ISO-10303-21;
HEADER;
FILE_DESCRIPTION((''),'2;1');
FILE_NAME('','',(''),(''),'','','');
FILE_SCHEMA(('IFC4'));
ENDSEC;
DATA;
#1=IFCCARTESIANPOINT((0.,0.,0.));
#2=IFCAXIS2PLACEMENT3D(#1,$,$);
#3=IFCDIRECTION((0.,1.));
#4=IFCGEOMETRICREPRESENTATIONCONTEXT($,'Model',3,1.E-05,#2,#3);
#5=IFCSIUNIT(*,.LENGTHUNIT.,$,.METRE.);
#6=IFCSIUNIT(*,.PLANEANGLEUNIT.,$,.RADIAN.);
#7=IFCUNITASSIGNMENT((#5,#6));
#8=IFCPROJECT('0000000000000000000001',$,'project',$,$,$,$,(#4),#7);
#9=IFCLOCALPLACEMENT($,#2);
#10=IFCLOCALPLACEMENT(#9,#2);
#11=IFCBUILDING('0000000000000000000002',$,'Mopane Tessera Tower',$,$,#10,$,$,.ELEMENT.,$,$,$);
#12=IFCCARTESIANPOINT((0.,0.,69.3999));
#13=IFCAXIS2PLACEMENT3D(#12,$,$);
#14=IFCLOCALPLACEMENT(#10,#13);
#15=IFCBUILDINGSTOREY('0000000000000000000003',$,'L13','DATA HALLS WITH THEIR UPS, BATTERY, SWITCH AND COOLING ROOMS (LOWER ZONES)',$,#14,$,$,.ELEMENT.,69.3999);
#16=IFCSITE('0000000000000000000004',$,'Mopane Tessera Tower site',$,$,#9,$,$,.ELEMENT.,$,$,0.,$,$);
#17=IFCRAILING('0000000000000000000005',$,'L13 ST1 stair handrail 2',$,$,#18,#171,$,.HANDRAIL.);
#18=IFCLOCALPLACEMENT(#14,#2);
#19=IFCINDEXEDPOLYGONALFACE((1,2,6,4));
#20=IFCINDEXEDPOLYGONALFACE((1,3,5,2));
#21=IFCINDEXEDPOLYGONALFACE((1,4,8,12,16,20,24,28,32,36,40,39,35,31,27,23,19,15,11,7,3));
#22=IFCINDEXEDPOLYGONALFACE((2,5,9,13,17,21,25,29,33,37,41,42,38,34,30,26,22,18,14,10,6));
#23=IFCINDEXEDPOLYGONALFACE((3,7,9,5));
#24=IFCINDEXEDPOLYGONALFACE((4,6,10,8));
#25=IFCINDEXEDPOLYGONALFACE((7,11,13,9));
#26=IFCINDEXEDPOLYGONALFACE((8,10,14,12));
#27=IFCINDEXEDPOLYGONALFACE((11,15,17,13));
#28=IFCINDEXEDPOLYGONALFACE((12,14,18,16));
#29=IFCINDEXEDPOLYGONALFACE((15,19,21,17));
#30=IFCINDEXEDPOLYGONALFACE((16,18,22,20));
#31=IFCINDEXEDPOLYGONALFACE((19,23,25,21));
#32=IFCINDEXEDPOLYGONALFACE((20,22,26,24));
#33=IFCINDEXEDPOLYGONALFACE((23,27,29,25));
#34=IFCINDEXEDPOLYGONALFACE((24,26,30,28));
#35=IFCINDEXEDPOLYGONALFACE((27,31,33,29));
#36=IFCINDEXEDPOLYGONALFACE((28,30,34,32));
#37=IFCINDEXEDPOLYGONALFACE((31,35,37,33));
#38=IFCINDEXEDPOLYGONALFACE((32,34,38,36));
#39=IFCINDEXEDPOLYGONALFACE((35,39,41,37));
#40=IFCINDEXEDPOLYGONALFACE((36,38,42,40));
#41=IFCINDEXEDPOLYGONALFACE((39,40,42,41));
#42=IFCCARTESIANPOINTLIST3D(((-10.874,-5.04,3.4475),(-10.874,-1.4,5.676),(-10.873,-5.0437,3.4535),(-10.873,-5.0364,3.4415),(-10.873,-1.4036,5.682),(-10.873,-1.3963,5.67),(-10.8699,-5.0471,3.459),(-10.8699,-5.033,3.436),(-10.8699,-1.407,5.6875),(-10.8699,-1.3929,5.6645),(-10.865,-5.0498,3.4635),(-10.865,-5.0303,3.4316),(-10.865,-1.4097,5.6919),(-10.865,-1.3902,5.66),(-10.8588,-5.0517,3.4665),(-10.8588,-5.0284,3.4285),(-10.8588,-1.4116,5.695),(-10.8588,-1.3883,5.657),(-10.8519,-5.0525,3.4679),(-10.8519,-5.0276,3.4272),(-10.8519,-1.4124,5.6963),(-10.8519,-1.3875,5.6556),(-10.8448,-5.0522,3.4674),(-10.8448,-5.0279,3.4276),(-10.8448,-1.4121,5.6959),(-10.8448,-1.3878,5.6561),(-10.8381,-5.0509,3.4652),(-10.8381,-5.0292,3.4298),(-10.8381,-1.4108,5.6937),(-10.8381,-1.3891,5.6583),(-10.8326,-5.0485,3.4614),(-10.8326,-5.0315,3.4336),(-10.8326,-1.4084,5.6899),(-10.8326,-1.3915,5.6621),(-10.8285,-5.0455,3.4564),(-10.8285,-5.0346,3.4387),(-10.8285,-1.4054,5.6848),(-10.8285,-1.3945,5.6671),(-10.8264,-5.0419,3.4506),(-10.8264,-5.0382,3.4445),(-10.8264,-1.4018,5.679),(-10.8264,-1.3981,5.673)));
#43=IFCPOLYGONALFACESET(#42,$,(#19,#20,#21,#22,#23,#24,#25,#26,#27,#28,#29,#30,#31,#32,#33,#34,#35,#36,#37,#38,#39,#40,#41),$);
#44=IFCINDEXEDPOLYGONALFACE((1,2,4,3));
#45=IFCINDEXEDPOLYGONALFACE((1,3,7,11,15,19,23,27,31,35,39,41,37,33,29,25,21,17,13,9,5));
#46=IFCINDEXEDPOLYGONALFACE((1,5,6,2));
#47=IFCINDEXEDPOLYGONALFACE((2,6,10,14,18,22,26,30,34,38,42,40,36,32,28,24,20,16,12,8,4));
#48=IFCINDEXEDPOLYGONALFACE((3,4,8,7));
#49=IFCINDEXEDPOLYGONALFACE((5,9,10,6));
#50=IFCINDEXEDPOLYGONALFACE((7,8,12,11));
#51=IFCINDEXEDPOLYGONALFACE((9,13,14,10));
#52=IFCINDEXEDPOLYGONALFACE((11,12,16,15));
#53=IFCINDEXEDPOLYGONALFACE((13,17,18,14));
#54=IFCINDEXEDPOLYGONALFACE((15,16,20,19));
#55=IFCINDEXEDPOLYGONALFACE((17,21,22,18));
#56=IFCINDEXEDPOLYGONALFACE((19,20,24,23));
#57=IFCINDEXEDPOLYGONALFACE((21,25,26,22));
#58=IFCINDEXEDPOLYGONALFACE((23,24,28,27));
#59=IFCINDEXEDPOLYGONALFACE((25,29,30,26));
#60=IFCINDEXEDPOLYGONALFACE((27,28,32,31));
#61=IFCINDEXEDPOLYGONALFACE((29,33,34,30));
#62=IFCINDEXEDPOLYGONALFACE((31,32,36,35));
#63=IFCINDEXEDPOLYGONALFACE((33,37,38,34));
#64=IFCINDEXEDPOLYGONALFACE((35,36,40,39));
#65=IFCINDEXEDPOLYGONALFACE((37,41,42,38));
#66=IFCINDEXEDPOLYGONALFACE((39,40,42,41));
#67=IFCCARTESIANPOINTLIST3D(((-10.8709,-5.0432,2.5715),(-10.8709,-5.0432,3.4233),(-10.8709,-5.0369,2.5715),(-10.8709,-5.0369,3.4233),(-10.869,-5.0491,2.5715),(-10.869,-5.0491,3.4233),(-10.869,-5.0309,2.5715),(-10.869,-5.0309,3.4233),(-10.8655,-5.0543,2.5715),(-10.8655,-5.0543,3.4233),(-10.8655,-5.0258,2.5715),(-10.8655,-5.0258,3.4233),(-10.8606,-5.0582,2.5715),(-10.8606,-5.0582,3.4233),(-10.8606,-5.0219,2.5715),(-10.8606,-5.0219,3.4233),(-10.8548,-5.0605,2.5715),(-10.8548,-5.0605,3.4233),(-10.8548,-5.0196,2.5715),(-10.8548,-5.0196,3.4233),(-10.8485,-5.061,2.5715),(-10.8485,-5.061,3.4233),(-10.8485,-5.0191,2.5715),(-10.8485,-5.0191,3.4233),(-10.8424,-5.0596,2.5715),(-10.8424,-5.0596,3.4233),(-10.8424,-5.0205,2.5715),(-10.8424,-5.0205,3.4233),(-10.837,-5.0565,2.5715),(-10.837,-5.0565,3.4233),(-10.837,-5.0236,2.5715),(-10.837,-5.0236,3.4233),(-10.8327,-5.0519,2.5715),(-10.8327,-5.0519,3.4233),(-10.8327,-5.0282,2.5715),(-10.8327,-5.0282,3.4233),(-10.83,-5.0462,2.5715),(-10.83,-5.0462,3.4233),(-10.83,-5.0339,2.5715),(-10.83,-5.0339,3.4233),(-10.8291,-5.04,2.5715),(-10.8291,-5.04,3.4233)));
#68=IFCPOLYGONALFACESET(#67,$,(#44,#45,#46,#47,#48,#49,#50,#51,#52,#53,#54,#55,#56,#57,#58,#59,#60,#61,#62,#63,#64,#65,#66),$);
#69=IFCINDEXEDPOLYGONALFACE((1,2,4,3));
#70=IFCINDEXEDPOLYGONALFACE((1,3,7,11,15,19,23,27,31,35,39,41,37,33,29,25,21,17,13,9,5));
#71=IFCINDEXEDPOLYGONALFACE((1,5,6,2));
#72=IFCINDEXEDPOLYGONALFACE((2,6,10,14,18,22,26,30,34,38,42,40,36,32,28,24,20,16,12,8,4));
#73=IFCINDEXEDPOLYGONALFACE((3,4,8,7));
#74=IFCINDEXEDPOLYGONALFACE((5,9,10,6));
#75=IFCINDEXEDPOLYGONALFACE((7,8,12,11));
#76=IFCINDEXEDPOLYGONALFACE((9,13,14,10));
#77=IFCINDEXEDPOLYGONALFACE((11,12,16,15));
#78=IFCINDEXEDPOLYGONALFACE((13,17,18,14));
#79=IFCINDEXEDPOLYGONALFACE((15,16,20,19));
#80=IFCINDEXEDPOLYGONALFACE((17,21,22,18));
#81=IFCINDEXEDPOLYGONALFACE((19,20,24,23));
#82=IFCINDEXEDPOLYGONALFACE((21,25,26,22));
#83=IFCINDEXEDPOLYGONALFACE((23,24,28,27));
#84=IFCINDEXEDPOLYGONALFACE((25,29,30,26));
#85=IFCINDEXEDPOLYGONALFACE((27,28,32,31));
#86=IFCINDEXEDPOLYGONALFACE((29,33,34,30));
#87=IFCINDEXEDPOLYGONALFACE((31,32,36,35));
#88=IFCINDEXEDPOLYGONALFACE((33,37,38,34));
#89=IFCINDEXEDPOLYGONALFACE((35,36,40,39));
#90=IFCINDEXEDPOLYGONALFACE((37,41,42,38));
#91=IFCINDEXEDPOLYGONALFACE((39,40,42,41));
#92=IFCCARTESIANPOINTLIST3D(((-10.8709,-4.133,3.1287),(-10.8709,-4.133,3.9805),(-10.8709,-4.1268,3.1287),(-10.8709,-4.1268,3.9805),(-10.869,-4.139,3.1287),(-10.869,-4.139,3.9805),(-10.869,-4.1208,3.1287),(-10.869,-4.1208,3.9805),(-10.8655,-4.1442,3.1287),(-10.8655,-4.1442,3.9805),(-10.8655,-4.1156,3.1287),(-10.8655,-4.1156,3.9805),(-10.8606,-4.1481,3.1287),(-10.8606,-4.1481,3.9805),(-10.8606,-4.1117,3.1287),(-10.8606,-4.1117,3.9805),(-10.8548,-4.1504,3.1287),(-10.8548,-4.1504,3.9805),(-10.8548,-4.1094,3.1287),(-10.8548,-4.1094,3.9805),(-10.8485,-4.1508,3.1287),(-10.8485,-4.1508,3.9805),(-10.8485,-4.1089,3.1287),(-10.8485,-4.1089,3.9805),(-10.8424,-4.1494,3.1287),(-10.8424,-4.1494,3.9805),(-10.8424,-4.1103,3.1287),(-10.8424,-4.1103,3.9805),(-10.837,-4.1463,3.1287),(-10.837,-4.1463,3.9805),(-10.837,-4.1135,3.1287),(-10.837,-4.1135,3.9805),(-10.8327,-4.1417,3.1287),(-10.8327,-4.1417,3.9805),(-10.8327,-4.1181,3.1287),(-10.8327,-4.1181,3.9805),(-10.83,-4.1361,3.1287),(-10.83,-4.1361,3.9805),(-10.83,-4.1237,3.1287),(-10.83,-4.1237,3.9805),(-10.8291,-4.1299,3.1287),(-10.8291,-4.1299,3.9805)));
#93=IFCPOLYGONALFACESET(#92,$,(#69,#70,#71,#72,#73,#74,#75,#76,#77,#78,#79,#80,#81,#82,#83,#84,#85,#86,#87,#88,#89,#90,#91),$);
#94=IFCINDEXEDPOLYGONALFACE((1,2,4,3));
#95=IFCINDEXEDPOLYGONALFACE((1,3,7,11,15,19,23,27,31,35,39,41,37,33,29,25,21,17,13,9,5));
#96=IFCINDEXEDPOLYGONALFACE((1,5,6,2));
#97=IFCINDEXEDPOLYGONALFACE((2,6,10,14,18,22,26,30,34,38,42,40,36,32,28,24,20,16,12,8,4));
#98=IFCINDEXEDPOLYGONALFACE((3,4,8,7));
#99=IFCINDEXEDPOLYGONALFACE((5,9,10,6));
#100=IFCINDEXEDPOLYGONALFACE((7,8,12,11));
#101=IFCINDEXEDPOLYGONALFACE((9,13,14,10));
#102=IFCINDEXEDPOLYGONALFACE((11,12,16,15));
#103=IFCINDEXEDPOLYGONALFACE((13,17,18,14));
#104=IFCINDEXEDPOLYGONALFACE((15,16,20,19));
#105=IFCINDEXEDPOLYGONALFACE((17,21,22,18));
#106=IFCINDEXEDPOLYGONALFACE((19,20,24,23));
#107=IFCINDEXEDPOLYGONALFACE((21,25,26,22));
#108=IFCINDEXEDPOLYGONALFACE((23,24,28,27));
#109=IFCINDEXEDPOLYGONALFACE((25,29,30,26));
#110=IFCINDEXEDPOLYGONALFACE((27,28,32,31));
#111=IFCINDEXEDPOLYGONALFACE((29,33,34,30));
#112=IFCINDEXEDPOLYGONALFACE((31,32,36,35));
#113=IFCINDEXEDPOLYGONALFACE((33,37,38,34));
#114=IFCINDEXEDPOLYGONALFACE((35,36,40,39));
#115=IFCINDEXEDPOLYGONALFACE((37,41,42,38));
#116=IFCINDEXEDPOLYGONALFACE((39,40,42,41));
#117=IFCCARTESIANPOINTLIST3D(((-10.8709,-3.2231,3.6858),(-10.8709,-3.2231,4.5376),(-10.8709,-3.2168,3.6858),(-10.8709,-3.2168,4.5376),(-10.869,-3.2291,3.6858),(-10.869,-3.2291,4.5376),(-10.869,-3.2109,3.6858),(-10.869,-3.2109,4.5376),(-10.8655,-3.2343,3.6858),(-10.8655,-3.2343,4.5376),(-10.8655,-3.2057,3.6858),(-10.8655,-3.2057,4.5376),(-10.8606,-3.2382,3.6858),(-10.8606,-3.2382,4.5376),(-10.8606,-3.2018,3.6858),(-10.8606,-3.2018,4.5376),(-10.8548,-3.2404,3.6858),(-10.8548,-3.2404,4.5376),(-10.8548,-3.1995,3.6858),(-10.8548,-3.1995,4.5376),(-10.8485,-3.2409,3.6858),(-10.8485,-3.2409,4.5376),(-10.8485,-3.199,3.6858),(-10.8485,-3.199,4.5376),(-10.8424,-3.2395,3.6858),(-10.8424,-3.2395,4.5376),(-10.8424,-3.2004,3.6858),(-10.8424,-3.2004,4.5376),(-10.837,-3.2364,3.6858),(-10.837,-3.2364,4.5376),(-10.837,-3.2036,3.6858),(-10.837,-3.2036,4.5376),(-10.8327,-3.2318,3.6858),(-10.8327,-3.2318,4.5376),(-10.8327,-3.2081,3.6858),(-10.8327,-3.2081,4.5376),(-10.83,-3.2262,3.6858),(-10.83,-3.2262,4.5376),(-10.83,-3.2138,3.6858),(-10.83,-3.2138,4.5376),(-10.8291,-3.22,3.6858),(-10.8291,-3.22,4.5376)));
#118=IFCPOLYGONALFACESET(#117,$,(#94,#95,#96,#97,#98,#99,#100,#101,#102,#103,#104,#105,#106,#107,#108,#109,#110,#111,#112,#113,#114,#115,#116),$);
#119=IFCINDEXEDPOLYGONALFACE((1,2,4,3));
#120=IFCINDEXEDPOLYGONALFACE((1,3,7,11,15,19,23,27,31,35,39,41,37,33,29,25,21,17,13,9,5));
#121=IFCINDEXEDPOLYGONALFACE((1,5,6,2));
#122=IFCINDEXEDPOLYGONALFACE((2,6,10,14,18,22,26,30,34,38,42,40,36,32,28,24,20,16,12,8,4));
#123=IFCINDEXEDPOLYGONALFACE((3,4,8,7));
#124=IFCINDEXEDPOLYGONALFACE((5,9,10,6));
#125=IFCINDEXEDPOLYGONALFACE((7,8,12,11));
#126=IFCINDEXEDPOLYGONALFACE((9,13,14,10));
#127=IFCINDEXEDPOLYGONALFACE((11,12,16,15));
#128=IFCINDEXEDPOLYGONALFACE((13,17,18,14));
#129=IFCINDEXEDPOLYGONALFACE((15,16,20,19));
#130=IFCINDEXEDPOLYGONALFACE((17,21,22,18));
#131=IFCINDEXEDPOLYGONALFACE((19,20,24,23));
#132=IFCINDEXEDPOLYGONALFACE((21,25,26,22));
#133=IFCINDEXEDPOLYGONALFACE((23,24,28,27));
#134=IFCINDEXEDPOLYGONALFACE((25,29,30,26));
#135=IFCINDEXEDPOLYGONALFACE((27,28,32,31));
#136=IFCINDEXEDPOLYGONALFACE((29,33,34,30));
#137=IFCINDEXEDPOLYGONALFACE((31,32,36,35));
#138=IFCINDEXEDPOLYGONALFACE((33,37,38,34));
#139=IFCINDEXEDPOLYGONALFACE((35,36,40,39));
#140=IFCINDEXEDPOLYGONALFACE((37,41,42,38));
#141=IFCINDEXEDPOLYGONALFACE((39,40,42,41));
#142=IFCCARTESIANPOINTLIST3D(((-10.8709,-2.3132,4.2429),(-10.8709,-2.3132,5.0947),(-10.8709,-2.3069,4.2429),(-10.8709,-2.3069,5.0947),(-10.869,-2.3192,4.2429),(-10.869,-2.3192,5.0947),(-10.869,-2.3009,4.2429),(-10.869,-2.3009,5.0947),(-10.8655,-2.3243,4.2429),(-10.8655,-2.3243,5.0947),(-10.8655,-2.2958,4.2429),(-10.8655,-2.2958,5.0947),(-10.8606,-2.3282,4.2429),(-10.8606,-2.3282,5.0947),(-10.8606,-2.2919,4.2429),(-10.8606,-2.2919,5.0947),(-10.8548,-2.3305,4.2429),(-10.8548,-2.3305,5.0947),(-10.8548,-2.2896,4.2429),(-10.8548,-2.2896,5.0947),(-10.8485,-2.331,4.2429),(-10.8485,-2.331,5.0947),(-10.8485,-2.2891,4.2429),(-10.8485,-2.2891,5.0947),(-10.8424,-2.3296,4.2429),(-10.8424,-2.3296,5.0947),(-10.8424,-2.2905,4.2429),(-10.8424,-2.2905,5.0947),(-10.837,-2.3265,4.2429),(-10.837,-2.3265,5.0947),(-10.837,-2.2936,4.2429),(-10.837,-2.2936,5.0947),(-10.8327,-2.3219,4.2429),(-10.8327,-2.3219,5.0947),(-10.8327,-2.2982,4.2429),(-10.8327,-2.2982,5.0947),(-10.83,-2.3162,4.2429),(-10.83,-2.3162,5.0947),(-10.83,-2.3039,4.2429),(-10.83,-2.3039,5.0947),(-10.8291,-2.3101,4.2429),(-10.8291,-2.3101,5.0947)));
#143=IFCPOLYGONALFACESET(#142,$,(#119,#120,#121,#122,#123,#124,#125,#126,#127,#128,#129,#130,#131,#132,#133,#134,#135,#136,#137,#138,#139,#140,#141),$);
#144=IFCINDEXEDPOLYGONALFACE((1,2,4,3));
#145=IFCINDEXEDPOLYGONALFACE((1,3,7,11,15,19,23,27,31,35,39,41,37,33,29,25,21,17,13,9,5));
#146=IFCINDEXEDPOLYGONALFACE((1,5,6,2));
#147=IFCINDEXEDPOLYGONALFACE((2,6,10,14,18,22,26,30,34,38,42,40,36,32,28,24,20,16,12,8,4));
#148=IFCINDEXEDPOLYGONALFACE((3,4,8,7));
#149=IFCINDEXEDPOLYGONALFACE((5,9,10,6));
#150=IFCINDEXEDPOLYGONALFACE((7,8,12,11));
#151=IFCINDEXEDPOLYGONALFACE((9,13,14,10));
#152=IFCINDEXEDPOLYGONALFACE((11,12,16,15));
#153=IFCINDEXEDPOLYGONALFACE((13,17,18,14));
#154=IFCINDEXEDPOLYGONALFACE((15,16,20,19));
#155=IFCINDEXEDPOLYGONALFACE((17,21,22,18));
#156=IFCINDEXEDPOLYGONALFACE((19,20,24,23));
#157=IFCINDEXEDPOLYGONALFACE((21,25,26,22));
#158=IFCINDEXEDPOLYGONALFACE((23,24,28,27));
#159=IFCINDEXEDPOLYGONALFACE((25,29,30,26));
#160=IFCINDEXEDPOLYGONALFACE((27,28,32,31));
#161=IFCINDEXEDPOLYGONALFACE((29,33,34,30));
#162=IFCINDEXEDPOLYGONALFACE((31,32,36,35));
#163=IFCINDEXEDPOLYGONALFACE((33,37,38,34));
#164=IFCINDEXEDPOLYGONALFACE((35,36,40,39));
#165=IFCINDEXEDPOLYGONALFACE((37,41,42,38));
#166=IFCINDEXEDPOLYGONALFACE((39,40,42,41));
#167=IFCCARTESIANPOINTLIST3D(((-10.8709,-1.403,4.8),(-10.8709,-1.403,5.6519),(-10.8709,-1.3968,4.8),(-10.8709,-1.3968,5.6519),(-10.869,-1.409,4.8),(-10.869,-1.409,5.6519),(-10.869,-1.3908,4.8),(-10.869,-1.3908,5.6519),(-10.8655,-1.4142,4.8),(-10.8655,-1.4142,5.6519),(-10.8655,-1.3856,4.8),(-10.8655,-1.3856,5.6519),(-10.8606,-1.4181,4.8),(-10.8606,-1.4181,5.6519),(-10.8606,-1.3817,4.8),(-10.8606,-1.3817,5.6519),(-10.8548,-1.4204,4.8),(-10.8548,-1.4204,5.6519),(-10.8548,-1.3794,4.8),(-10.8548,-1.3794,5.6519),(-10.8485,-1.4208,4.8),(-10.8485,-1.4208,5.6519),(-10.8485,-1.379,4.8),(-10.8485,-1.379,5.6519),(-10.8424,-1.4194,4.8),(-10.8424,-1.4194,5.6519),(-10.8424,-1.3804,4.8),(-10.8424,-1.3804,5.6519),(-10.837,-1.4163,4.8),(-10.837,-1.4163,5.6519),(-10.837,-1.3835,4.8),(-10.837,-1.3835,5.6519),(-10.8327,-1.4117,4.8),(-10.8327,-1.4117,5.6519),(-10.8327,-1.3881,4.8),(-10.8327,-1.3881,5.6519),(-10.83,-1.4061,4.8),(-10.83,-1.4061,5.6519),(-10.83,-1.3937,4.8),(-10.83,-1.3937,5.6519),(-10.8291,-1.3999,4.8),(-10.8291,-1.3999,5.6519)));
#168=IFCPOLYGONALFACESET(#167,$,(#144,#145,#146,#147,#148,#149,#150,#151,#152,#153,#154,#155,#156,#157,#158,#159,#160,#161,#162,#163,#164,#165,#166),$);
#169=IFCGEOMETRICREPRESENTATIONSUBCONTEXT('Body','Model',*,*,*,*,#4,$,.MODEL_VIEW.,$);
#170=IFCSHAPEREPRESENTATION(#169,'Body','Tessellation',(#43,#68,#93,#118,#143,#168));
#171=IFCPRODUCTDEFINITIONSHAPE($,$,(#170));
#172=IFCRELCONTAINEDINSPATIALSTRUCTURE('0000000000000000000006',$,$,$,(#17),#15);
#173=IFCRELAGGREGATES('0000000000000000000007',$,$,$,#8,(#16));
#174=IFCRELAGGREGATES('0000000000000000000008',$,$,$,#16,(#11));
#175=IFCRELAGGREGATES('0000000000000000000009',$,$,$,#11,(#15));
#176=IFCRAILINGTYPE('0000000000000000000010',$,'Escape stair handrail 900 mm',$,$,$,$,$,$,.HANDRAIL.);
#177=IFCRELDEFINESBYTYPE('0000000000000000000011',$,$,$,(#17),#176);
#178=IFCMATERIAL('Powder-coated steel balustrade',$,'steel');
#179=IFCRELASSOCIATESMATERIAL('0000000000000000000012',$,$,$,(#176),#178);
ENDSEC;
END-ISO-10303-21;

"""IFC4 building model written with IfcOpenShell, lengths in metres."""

from ifc_helpers import new_model, si_unit, direction, frame, origin, origin_2d, place, context, subcontext, project, spatial, circle, extrude, material, type_object, element, save


model = new_model("IFC4")

# Units and contexts
model_context = context("Model", 3, precision=1e-05, world=origin(), true_north=direction((0.0, 1.0)))
body_context = subcontext(model_context, "Body", "Model", "MODEL_VIEW")
ifc_project = project(units=[si_unit("LENGTHUNIT", "METRE"), si_unit("PLANEANGLEUNIT", "RADIAN")], contexts=[model_context])

# Site, building, storey
site_placement = place(None, origin())
site = spatial("IfcSite", under=ifc_project, at=site_placement, Name="Mopane Tessera Tower site", CompositionType="ELEMENT", RefElevation=0.0)
building_placement = place(site_placement, origin())
building = spatial("IfcBuilding", under=site, at=building_placement, Name="Mopane Tessera Tower", CompositionType="ELEMENT")
storey_placement = place(building_placement, frame((0.0, 0.0, 69.3999)))
storey = spatial("IfcBuildingStorey", under=building, at=storey_placement, Name="L13", Description="DATA HALLS WITH THEIR UPS, BATTERY, SWITCH AND COOLING ROOMS (LOWER ZONES)", CompositionType="ELEMENT", Elevation=69.3999)

# Railing
ifc_material_1 = material(Name="Powder-coated steel balustrade", Category="steel")
railing_type_1 = type_object("IfcRailingType", Name="Escape stair handrail 900 mm", PredefinedType="HANDRAIL", material=ifc_material_1)
railing_1_placement = place(storey_placement, frame((-10.8501, -5.04, 2.5715)))
element("IfcRailing", 1, at=railing_1_placement, inside=storey, type_object=railing_type_1, Name="L13 ST1 stair handrail 2", PredefinedType="HANDRAIL", context=body_context, shape_type="SweptSolid", body=[
    extrude(circle(Radius=0.0239, at=origin_2d()), frame((0.0, 0.0, 0.876), z_axis=(0.0, 0.852866, 0.52213), x_axis=(-1.0, 0.0, 0.0)), (0.0, 0.0, 1.0), 4.2681),
    extrude(circle(Radius=0.021, at=origin_2d()), origin(), (0.0, 0.0, 1.0), 0.8518),
    extrude(circle(Radius=0.021, at=origin_2d()), frame((0.0, 0.9102, 0.5571)), (0.0, 0.0, 1.0), 0.8518),
    extrude(circle(Radius=0.021, at=origin_2d()), frame((0.0, 1.8201, 1.1143)), (0.0, 0.0, 1.0), 0.8518),
    extrude(circle(Radius=0.021, at=origin_2d()), frame((0.0, 2.73, 1.6714)), (0.0, 0.0, 1.0), 0.8518),
    extrude(circle(Radius=0.021, at=origin_2d()), frame((0.0, 3.6401, 2.2285)), (0.0, 0.0, 1.0), 0.8518),
])

save(model, "model.ifc")
